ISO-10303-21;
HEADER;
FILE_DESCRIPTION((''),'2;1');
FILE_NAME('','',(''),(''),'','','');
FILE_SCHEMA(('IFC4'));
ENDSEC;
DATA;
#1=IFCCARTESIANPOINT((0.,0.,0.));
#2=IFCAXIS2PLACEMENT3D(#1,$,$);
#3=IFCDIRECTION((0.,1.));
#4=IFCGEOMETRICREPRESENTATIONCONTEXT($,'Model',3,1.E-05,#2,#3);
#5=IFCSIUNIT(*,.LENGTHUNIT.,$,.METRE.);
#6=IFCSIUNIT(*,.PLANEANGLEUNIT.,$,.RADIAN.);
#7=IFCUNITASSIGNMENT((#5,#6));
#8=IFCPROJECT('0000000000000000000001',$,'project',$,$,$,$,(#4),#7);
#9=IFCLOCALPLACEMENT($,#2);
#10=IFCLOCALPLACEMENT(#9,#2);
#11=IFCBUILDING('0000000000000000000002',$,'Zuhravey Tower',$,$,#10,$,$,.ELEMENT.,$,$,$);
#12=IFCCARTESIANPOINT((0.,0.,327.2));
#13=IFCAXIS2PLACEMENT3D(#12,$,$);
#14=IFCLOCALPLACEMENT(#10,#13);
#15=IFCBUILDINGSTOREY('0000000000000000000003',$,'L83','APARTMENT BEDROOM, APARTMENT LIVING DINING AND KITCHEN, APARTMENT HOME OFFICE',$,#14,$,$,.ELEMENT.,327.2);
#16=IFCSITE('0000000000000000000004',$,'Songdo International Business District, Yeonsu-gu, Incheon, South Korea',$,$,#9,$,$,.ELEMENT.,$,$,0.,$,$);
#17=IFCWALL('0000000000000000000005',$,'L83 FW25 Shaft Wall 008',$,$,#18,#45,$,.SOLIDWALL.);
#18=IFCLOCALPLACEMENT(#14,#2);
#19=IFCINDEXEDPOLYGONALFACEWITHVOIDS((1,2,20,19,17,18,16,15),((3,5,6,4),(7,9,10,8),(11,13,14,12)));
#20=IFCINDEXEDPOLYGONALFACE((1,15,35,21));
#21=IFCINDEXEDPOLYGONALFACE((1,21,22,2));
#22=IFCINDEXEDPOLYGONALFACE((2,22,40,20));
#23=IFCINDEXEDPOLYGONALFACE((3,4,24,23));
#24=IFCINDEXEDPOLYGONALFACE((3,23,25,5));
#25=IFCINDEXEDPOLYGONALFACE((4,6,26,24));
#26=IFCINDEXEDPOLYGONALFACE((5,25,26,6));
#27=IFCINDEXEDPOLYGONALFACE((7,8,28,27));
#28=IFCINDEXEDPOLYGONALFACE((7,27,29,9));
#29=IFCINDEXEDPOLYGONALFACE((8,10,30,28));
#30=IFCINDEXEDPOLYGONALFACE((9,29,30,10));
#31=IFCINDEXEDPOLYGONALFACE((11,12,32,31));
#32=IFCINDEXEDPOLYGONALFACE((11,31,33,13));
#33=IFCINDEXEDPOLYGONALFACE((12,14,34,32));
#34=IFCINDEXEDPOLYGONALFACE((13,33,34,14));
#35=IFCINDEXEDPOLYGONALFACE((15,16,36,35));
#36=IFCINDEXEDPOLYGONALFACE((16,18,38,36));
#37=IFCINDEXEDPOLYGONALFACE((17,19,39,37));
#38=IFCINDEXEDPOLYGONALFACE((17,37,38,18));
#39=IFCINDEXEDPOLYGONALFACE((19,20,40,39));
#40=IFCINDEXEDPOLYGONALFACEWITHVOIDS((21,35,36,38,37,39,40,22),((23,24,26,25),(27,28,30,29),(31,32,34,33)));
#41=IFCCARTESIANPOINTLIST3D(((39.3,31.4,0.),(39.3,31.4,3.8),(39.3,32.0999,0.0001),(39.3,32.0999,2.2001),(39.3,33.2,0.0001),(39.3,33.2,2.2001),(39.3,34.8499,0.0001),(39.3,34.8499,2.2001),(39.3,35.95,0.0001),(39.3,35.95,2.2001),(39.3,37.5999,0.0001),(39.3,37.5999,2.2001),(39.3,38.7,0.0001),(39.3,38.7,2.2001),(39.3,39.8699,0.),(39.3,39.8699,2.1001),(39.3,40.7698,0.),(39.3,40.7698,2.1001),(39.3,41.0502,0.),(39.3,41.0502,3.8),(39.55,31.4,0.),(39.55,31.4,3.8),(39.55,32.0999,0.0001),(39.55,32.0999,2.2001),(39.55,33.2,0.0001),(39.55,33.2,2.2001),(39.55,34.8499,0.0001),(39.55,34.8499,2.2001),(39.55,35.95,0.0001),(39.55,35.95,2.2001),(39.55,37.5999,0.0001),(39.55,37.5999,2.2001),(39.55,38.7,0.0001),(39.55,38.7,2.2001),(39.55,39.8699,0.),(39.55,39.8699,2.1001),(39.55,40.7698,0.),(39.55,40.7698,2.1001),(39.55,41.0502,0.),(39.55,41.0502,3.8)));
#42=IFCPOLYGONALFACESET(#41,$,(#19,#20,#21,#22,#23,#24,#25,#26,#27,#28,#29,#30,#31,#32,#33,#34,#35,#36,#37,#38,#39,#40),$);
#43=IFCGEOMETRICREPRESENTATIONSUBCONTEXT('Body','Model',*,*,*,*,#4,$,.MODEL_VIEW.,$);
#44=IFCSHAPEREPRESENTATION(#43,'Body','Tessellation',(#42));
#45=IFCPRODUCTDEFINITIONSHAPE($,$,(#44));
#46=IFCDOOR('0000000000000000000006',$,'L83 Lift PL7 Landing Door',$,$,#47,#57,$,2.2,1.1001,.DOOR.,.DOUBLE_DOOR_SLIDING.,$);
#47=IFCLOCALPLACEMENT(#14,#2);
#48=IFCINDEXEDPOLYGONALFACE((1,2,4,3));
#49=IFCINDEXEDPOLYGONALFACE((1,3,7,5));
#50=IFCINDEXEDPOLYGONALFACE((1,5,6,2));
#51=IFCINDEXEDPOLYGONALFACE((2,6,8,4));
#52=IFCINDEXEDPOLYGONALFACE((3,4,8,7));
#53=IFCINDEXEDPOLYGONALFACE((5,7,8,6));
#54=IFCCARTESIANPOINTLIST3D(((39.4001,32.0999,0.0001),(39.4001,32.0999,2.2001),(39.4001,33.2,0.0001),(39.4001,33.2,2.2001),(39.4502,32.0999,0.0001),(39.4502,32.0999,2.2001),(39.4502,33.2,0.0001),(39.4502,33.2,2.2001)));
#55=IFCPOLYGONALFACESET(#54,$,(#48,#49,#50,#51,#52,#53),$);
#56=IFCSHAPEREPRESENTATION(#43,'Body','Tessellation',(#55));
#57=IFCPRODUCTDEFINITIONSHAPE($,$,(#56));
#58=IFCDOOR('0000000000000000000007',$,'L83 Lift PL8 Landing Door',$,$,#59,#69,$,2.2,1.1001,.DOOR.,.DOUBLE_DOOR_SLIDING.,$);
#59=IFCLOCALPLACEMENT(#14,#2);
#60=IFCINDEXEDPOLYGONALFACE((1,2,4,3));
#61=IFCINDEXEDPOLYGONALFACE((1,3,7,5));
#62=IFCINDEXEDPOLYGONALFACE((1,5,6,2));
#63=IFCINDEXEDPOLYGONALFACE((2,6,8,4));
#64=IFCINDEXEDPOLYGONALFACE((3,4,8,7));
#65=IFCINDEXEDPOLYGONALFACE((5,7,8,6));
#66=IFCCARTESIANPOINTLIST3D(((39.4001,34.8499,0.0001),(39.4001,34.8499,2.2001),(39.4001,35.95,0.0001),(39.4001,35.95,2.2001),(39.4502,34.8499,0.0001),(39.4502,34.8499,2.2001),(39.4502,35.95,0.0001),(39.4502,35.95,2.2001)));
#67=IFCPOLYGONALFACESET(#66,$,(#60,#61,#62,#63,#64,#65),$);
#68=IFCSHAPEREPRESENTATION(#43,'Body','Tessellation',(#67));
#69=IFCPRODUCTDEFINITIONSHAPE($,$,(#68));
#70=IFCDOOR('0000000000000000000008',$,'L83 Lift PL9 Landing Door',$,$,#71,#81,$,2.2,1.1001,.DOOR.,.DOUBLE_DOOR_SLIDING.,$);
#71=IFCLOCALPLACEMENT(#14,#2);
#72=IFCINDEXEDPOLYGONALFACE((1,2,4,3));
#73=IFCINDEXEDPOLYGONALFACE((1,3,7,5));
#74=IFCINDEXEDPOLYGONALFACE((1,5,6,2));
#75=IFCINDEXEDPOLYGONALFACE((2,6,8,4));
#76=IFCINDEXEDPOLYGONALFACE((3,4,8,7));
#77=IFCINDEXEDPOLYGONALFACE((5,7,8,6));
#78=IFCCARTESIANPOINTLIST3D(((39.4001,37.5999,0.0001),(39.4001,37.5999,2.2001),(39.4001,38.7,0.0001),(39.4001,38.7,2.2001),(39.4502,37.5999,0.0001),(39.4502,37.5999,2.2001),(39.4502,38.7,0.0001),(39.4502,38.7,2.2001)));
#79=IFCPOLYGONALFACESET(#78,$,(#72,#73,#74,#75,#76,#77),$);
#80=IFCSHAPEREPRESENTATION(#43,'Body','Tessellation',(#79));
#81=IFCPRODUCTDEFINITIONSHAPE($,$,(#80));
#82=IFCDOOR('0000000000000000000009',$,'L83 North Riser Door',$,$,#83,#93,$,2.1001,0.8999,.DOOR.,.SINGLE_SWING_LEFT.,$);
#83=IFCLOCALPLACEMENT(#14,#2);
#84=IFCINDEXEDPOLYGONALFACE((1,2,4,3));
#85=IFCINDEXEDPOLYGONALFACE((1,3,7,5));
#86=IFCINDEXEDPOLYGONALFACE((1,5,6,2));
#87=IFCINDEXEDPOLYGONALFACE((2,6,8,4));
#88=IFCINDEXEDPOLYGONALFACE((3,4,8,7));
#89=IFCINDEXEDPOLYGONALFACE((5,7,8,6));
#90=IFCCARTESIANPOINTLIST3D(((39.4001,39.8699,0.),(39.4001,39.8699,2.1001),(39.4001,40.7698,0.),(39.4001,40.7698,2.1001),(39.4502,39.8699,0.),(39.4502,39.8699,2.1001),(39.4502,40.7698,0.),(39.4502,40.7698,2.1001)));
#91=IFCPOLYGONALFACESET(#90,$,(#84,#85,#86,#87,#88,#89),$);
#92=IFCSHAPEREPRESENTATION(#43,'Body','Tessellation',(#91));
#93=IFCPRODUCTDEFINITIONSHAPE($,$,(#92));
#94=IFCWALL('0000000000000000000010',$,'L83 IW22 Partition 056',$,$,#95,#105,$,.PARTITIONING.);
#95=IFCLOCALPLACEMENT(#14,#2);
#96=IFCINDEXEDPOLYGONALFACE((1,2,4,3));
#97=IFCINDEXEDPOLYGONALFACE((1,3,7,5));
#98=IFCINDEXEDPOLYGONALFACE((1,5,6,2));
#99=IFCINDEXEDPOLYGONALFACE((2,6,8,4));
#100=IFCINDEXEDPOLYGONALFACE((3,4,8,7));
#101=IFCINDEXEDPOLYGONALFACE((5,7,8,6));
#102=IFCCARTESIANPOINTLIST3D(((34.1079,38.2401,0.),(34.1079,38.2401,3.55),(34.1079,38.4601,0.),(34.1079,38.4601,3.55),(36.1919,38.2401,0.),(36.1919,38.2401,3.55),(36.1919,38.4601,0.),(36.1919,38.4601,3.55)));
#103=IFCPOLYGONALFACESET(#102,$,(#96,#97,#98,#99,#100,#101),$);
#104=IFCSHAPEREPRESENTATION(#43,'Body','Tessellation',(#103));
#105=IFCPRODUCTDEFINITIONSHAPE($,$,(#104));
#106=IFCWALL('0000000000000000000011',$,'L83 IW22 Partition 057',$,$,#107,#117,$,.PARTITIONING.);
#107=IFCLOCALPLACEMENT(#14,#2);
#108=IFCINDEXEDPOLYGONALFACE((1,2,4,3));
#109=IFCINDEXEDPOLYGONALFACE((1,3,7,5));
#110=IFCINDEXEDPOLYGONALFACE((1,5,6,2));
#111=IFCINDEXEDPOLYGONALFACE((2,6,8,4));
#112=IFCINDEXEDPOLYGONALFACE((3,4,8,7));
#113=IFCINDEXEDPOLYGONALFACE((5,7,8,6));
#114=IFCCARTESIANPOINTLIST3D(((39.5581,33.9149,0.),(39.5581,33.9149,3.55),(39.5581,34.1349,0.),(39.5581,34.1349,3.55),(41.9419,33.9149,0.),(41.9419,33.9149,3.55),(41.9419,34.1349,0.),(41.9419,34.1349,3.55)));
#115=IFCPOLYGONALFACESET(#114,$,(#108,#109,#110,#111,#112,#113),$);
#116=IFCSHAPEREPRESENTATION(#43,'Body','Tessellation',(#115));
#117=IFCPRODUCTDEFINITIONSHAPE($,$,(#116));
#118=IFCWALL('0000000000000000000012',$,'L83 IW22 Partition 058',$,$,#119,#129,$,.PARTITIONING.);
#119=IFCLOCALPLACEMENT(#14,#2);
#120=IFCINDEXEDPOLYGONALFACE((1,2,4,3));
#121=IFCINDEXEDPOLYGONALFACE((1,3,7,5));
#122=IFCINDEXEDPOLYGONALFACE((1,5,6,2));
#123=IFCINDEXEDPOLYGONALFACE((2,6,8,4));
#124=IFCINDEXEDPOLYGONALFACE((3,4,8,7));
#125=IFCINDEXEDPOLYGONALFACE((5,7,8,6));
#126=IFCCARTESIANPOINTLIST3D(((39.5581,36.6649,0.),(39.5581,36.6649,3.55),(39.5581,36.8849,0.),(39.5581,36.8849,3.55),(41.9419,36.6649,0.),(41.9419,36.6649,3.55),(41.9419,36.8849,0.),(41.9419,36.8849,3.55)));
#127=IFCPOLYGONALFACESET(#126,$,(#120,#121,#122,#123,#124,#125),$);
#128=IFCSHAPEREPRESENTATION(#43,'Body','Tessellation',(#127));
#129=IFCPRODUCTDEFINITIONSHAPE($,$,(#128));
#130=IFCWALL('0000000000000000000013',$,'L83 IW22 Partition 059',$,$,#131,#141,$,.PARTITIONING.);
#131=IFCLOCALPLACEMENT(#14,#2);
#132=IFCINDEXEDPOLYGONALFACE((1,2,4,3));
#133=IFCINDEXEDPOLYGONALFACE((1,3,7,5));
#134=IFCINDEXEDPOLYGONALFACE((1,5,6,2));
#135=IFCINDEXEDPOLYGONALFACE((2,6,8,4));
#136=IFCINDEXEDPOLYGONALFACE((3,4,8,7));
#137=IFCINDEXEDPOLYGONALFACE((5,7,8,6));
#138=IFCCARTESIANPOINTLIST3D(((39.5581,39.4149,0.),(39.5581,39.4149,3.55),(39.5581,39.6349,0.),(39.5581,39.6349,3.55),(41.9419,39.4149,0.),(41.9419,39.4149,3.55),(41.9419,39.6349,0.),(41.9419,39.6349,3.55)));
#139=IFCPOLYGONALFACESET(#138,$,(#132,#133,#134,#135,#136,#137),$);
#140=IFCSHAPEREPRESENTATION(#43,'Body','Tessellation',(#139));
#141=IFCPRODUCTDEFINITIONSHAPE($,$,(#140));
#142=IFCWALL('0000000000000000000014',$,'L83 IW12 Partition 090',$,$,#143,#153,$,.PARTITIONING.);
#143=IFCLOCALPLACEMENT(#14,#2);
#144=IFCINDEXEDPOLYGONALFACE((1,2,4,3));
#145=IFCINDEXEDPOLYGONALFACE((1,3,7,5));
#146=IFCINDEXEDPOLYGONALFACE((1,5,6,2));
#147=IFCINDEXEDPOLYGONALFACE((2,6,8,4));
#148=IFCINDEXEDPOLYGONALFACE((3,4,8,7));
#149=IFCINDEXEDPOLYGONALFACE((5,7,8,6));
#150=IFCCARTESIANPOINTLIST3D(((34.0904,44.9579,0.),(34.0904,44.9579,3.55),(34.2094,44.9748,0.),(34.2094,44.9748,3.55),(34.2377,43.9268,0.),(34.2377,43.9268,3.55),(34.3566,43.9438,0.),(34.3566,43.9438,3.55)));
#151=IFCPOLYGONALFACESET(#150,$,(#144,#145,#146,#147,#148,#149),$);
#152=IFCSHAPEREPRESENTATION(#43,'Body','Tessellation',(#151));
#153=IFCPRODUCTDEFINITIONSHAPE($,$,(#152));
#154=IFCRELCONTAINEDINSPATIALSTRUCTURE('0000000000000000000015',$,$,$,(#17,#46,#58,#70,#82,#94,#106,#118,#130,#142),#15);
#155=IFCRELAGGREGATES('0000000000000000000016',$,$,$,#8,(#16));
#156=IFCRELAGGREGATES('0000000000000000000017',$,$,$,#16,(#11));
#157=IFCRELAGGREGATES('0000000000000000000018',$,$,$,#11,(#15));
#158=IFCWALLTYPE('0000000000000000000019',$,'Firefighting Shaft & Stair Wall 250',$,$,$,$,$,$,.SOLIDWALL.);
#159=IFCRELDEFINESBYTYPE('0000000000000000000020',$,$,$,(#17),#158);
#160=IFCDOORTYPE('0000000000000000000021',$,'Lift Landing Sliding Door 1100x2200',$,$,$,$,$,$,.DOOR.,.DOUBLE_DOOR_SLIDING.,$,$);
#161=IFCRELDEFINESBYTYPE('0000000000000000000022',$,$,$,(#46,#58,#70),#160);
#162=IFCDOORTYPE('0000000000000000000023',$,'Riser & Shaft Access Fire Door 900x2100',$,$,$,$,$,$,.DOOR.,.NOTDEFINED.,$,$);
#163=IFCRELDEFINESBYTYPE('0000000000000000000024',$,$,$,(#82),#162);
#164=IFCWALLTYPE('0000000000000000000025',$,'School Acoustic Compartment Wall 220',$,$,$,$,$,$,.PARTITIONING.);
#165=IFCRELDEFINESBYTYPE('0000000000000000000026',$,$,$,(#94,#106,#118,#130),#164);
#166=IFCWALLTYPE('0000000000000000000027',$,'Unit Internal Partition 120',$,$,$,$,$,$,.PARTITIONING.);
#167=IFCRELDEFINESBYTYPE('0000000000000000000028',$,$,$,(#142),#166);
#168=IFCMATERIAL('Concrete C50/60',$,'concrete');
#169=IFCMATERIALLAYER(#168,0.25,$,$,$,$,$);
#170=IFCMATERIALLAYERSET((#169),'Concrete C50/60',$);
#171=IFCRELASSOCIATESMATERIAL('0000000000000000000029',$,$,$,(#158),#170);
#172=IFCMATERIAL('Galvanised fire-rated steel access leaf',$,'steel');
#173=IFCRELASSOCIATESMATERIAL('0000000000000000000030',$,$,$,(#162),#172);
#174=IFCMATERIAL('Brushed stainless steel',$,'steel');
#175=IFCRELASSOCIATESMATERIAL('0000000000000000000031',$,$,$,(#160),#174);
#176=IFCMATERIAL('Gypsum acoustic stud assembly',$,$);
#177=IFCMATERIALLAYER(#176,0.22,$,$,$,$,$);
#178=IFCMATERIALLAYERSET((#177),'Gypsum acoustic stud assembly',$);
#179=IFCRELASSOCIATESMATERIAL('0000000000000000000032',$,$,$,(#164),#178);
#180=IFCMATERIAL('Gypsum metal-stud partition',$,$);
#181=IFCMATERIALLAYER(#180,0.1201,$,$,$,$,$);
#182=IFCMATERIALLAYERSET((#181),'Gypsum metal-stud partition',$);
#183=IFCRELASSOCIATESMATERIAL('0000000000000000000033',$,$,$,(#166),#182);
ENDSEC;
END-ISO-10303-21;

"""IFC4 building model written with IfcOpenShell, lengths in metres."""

from ifc_helpers import new_model, si_unit, direction, frame, frame_2d, origin, place, context, subcontext, project, spatial, rectangle, extrude, material, layer, layer_set, type_object, element, fill, save


model = new_model("IFC4")

# Units and contexts
model_context = context("Model", 3, precision=1e-05, world=origin(), true_north=direction((0.0, 1.0)))
body_context = subcontext(model_context, "Body", "Model", "MODEL_VIEW")
ifc_project = project(units=[si_unit("LENGTHUNIT", "METRE"), si_unit("PLANEANGLEUNIT", "RADIAN")], contexts=[model_context])

# Site, building, storey
site_placement = place(None, origin())
site = spatial("IfcSite", under=ifc_project, at=site_placement, Name="Songdo International Business District, Yeonsu-gu, Incheon, South Korea", CompositionType="ELEMENT", RefElevation=0.0)
building_placement = place(site_placement, origin())
building = spatial("IfcBuilding", under=site, at=building_placement, Name="Zuhravey Tower", CompositionType="ELEMENT")
storey_placement = place(building_placement, frame((0.0, 0.0, 327.2)))
storey = spatial("IfcBuildingStorey", under=building, at=storey_placement, Name="L83", Description="APARTMENT BEDROOM, APARTMENT LIVING DINING AND KITCHEN, APARTMENT HOME OFFICE", CompositionType="ELEMENT", Elevation=327.2)

# Shared definitions
ifc_material_1 = material(Name="Concrete C50/60", Category="concrete")

# Shared definitions
ifc_layer_1 = layer(ifc_material_1, 0.25)
ifc_layer_set_1 = layer_set([ifc_layer_1], Name="Concrete C50/60")
wall_type_1 = type_object("IfcWallType", Name="Firefighting Shaft & Stair Wall 250", PredefinedType="SOLIDWALL", material=ifc_layer_set_1)

# Wall, openings, doors
ifc_material_2 = material(Name="Galvanised fire-rated steel access leaf", Category="steel")
door_type_1 = type_object("IfcDoorType", Name="Riser & Shaft Access Fire Door 900x2100", OperationType="NOTDEFINED", PredefinedType="DOOR", material=ifc_material_2)
wall_1_placement = place(storey_placement, frame((39.425, 31.3999, 0.0), z_axis=(0.0, 0.0, 1.0), x_axis=(0.0, 1.0, 0.0)))
wall_1 = element("IfcWall", 1, at=wall_1_placement, inside=storey, type_object=wall_type_1, Name="L83 FW25 Shaft Wall 008", PredefinedType="SOLIDWALL", context=body_context, shape_type="SweptSolid", body=[
    extrude(rectangle(XDim=9.6501, YDim=0.25, at=frame_2d((4.8252, 0.0))), origin(), (0.0, 0.0, 1.0), 3.8),
])
opening_1_placement = place(wall_1_placement, frame((0.7, 0.0, 0.0)))
opening_1 = element("IfcOpeningElement", 2, at=opening_1_placement, cuts=wall_1, PredefinedType="OPENING", context=body_context, shape_type="SweptSolid", body=[
    extrude(rectangle(XDim=1.1001, YDim=2.2, at=frame_2d((0.55, 1.1001))), frame((0.0, 0.137, 0.0), z_axis=(0.0, -1.0, 0.0), x_axis=(1.0, 0.0, 0.0)), (0.0, 0.0, 1.0), 0.2739),
])
opening_2_placement = place(wall_1_placement, frame((3.45, 0.0, 0.0)))
opening_2 = element("IfcOpeningElement", 3, at=opening_2_placement, cuts=wall_1, PredefinedType="OPENING", context=body_context, shape_type="SweptSolid", body=[
    extrude(rectangle(XDim=1.1001, YDim=2.2, at=frame_2d((0.55, 1.1001))), frame((0.0, 0.137, 0.0), z_axis=(0.0, -1.0, 0.0), x_axis=(1.0, 0.0, 0.0)), (0.0, 0.0, 1.0), 0.2739),
])
opening_3_placement = place(wall_1_placement, frame((6.2, 0.0, 0.0)))
opening_3 = element("IfcOpeningElement", 4, at=opening_3_placement, cuts=wall_1, PredefinedType="OPENING", context=body_context, shape_type="SweptSolid", body=[
    extrude(rectangle(XDim=1.1001, YDim=2.2, at=frame_2d((0.55, 1.1001))), frame((0.0, 0.137, 0.0), z_axis=(0.0, -1.0, 0.0), x_axis=(1.0, 0.0, 0.0)), (0.0, 0.0, 1.0), 0.2739),
])
opening_4_placement = place(wall_1_placement, frame((8.47, 0.0, 0.0)))
opening_4 = element("IfcOpeningElement", 5, at=opening_4_placement, cuts=wall_1, PredefinedType="OPENING", context=body_context, shape_type="SweptSolid", body=[
    extrude(rectangle(XDim=0.8999, YDim=2.1001, at=frame_2d((0.45, 1.05))), frame((0.0, 0.137, 0.0), z_axis=(0.0, -1.0, 0.0), x_axis=(1.0, 0.0, 0.0)), (0.0, 0.0, 1.0), 0.2739),
])
ifc_material_3 = material(Name="Brushed stainless steel", Category="steel")
door_type_2 = type_object("IfcDoorType", Name="Lift Landing Sliding Door 1100x2200", OperationType="DOUBLE_DOOR_SLIDING", PredefinedType="DOOR", material=ifc_material_3)
door_1_placement = place(opening_1_placement, origin())
door_1 = element("IfcDoor", 6, at=door_1_placement, inside=storey, type_object=door_type_2, Name="L83 Lift PL7 Landing Door", OperationType="DOUBLE_DOOR_SLIDING", OverallHeight=2.2, OverallWidth=1.1001, PredefinedType="DOOR", context=body_context, shape_type="SweptSolid", body=[
    extrude(rectangle(XDim=1.1001, YDim=2.2, at=frame_2d((0.55, 1.1001))), frame((0.0, 0.0249, 0.0), z_axis=(0.0, -1.0, 0.0), x_axis=(1.0, 0.0, 0.0)), (0.0, 0.0, 1.0), 0.05),
])
fill(opening_1, door_1)
door_2_placement = place(opening_2_placement, origin())
door_2 = element("IfcDoor", 7, at=door_2_placement, inside=storey, type_object=door_type_2, Name="L83 Lift PL8 Landing Door", OperationType="DOUBLE_DOOR_SLIDING", OverallHeight=2.2, OverallWidth=1.1001, PredefinedType="DOOR", context=body_context, shape_type="SweptSolid", body=[
    extrude(rectangle(XDim=1.1001, YDim=2.2, at=frame_2d((0.55, 1.1001))), frame((0.0, 0.0249, 0.0), z_axis=(0.0, -1.0, 0.0), x_axis=(1.0, 0.0, 0.0)), (0.0, 0.0, 1.0), 0.05),
])
fill(opening_2, door_2)
door_3_placement = place(opening_3_placement, origin())
door_3 = element("IfcDoor", 8, at=door_3_placement, inside=storey, type_object=door_type_2, Name="L83 Lift PL9 Landing Door", OperationType="DOUBLE_DOOR_SLIDING", OverallHeight=2.2, OverallWidth=1.1001, PredefinedType="DOOR", context=body_context, shape_type="SweptSolid", body=[
    extrude(rectangle(XDim=1.1001, YDim=2.2, at=frame_2d((0.55, 1.1001))), frame((0.0, 0.0249, 0.0), z_axis=(0.0, -1.0, 0.0), x_axis=(1.0, 0.0, 0.0)), (0.0, 0.0, 1.0), 0.05),
])
fill(opening_3, door_3)
door_4_placement = place(opening_4_placement, origin())
door_4 = element("IfcDoor", 9, at=door_4_placement, inside=storey, type_object=door_type_1, Name="L83 North Riser Door", OperationType="SINGLE_SWING_LEFT", OverallHeight=2.1001, OverallWidth=0.8999, PredefinedType="DOOR", context=body_context, shape_type="SweptSolid", body=[
    extrude(rectangle(XDim=0.8999, YDim=2.1001, at=frame_2d((0.45, 1.05))), frame((0.0, 0.0249, 0.0), z_axis=(0.0, -1.0, 0.0), x_axis=(1.0, 0.0, 0.0)), (0.0, 0.0, 1.0), 0.05),
])
fill(opening_4, door_4)

# Walls
ifc_material_4 = material(Name="Gypsum acoustic stud assembly")
ifc_layer_2 = layer(ifc_material_4, 0.22)
ifc_layer_set_2 = layer_set([ifc_layer_2], Name="Gypsum acoustic stud assembly")
wall_type_2 = type_object("IfcWallType", Name="School Acoustic Compartment Wall 220", PredefinedType="PARTITIONING", material=ifc_layer_set_2)
wall_2_placement = place(storey_placement, frame((34.1079, 38.3501, 0.0), z_axis=(0.0, 0.0, 1.0), x_axis=(1.0, 0.0, 0.0)))
element("IfcWall", 10, at=wall_2_placement, inside=storey, type_object=wall_type_2, Name="L83 IW22 Partition 056", PredefinedType="PARTITIONING", context=body_context, shape_type="SweptSolid", body=[
    extrude(rectangle(XDim=2.084, YDim=0.22, at=frame_2d((1.042, 0.0))), origin(), (0.0, 0.0, 1.0), 3.55),
])
for number, where, z_axis, x_axis, name in (
    (11, (39.5581, 34.0249, 0.0), (0.0, 0.0, 1.0), (1.0, 0.0, 0.0), "L83 IW22 Partition 057"),
    (12, (39.5581, 36.7749, 0.0), (0.0, 0.0, 1.0), (1.0, 0.0, 0.0), "L83 IW22 Partition 058"),
    (13, (39.5581, 39.5249, 0.0), (0.0, 0.0, 1.0), (1.0, 0.0, 0.0), "L83 IW22 Partition 059"),
):
    element("IfcWall", number, at=place(storey_placement, frame(where, z_axis=z_axis, x_axis=x_axis)), inside=storey, type_object=wall_type_2, Name=name, PredefinedType="PARTITIONING", context=body_context, shape_type="SweptSolid", body=[
        extrude(rectangle(XDim=2.3838, YDim=0.22, at=frame_2d((1.1919, 0.0))), origin(), (0.0, 0.0, 1.0), 3.55),
    ])
ifc_material_5 = material(Name="Gypsum metal-stud partition")
ifc_layer_3 = layer(ifc_material_5, 0.1201)
ifc_layer_set_3 = layer_set([ifc_layer_3], Name="Gypsum metal-stud partition")
wall_type_3 = type_object("IfcWallType", Name="Unit Internal Partition 120", PredefinedType="PARTITIONING", material=ifc_layer_set_3)
wall_3_placement = place(storey_placement, frame((34.2971, 43.9353, 0.0), z_axis=(0.0, 0.0, 1.0), x_axis=(-0.141356, 0.989959, 0.0)))
element("IfcWall", 14, at=wall_3_placement, inside=storey, type_object=wall_type_3, Name="L83 IW12 Partition 090", PredefinedType="PARTITIONING", context=body_context, shape_type="SweptSolid", body=[
    extrude(rectangle(XDim=1.0415, YDim=0.1201, at=frame_2d((0.5208, 0.0))), origin(), (0.0, 0.0, 1.0), 3.55),
])

save(model, "model.ifc")
